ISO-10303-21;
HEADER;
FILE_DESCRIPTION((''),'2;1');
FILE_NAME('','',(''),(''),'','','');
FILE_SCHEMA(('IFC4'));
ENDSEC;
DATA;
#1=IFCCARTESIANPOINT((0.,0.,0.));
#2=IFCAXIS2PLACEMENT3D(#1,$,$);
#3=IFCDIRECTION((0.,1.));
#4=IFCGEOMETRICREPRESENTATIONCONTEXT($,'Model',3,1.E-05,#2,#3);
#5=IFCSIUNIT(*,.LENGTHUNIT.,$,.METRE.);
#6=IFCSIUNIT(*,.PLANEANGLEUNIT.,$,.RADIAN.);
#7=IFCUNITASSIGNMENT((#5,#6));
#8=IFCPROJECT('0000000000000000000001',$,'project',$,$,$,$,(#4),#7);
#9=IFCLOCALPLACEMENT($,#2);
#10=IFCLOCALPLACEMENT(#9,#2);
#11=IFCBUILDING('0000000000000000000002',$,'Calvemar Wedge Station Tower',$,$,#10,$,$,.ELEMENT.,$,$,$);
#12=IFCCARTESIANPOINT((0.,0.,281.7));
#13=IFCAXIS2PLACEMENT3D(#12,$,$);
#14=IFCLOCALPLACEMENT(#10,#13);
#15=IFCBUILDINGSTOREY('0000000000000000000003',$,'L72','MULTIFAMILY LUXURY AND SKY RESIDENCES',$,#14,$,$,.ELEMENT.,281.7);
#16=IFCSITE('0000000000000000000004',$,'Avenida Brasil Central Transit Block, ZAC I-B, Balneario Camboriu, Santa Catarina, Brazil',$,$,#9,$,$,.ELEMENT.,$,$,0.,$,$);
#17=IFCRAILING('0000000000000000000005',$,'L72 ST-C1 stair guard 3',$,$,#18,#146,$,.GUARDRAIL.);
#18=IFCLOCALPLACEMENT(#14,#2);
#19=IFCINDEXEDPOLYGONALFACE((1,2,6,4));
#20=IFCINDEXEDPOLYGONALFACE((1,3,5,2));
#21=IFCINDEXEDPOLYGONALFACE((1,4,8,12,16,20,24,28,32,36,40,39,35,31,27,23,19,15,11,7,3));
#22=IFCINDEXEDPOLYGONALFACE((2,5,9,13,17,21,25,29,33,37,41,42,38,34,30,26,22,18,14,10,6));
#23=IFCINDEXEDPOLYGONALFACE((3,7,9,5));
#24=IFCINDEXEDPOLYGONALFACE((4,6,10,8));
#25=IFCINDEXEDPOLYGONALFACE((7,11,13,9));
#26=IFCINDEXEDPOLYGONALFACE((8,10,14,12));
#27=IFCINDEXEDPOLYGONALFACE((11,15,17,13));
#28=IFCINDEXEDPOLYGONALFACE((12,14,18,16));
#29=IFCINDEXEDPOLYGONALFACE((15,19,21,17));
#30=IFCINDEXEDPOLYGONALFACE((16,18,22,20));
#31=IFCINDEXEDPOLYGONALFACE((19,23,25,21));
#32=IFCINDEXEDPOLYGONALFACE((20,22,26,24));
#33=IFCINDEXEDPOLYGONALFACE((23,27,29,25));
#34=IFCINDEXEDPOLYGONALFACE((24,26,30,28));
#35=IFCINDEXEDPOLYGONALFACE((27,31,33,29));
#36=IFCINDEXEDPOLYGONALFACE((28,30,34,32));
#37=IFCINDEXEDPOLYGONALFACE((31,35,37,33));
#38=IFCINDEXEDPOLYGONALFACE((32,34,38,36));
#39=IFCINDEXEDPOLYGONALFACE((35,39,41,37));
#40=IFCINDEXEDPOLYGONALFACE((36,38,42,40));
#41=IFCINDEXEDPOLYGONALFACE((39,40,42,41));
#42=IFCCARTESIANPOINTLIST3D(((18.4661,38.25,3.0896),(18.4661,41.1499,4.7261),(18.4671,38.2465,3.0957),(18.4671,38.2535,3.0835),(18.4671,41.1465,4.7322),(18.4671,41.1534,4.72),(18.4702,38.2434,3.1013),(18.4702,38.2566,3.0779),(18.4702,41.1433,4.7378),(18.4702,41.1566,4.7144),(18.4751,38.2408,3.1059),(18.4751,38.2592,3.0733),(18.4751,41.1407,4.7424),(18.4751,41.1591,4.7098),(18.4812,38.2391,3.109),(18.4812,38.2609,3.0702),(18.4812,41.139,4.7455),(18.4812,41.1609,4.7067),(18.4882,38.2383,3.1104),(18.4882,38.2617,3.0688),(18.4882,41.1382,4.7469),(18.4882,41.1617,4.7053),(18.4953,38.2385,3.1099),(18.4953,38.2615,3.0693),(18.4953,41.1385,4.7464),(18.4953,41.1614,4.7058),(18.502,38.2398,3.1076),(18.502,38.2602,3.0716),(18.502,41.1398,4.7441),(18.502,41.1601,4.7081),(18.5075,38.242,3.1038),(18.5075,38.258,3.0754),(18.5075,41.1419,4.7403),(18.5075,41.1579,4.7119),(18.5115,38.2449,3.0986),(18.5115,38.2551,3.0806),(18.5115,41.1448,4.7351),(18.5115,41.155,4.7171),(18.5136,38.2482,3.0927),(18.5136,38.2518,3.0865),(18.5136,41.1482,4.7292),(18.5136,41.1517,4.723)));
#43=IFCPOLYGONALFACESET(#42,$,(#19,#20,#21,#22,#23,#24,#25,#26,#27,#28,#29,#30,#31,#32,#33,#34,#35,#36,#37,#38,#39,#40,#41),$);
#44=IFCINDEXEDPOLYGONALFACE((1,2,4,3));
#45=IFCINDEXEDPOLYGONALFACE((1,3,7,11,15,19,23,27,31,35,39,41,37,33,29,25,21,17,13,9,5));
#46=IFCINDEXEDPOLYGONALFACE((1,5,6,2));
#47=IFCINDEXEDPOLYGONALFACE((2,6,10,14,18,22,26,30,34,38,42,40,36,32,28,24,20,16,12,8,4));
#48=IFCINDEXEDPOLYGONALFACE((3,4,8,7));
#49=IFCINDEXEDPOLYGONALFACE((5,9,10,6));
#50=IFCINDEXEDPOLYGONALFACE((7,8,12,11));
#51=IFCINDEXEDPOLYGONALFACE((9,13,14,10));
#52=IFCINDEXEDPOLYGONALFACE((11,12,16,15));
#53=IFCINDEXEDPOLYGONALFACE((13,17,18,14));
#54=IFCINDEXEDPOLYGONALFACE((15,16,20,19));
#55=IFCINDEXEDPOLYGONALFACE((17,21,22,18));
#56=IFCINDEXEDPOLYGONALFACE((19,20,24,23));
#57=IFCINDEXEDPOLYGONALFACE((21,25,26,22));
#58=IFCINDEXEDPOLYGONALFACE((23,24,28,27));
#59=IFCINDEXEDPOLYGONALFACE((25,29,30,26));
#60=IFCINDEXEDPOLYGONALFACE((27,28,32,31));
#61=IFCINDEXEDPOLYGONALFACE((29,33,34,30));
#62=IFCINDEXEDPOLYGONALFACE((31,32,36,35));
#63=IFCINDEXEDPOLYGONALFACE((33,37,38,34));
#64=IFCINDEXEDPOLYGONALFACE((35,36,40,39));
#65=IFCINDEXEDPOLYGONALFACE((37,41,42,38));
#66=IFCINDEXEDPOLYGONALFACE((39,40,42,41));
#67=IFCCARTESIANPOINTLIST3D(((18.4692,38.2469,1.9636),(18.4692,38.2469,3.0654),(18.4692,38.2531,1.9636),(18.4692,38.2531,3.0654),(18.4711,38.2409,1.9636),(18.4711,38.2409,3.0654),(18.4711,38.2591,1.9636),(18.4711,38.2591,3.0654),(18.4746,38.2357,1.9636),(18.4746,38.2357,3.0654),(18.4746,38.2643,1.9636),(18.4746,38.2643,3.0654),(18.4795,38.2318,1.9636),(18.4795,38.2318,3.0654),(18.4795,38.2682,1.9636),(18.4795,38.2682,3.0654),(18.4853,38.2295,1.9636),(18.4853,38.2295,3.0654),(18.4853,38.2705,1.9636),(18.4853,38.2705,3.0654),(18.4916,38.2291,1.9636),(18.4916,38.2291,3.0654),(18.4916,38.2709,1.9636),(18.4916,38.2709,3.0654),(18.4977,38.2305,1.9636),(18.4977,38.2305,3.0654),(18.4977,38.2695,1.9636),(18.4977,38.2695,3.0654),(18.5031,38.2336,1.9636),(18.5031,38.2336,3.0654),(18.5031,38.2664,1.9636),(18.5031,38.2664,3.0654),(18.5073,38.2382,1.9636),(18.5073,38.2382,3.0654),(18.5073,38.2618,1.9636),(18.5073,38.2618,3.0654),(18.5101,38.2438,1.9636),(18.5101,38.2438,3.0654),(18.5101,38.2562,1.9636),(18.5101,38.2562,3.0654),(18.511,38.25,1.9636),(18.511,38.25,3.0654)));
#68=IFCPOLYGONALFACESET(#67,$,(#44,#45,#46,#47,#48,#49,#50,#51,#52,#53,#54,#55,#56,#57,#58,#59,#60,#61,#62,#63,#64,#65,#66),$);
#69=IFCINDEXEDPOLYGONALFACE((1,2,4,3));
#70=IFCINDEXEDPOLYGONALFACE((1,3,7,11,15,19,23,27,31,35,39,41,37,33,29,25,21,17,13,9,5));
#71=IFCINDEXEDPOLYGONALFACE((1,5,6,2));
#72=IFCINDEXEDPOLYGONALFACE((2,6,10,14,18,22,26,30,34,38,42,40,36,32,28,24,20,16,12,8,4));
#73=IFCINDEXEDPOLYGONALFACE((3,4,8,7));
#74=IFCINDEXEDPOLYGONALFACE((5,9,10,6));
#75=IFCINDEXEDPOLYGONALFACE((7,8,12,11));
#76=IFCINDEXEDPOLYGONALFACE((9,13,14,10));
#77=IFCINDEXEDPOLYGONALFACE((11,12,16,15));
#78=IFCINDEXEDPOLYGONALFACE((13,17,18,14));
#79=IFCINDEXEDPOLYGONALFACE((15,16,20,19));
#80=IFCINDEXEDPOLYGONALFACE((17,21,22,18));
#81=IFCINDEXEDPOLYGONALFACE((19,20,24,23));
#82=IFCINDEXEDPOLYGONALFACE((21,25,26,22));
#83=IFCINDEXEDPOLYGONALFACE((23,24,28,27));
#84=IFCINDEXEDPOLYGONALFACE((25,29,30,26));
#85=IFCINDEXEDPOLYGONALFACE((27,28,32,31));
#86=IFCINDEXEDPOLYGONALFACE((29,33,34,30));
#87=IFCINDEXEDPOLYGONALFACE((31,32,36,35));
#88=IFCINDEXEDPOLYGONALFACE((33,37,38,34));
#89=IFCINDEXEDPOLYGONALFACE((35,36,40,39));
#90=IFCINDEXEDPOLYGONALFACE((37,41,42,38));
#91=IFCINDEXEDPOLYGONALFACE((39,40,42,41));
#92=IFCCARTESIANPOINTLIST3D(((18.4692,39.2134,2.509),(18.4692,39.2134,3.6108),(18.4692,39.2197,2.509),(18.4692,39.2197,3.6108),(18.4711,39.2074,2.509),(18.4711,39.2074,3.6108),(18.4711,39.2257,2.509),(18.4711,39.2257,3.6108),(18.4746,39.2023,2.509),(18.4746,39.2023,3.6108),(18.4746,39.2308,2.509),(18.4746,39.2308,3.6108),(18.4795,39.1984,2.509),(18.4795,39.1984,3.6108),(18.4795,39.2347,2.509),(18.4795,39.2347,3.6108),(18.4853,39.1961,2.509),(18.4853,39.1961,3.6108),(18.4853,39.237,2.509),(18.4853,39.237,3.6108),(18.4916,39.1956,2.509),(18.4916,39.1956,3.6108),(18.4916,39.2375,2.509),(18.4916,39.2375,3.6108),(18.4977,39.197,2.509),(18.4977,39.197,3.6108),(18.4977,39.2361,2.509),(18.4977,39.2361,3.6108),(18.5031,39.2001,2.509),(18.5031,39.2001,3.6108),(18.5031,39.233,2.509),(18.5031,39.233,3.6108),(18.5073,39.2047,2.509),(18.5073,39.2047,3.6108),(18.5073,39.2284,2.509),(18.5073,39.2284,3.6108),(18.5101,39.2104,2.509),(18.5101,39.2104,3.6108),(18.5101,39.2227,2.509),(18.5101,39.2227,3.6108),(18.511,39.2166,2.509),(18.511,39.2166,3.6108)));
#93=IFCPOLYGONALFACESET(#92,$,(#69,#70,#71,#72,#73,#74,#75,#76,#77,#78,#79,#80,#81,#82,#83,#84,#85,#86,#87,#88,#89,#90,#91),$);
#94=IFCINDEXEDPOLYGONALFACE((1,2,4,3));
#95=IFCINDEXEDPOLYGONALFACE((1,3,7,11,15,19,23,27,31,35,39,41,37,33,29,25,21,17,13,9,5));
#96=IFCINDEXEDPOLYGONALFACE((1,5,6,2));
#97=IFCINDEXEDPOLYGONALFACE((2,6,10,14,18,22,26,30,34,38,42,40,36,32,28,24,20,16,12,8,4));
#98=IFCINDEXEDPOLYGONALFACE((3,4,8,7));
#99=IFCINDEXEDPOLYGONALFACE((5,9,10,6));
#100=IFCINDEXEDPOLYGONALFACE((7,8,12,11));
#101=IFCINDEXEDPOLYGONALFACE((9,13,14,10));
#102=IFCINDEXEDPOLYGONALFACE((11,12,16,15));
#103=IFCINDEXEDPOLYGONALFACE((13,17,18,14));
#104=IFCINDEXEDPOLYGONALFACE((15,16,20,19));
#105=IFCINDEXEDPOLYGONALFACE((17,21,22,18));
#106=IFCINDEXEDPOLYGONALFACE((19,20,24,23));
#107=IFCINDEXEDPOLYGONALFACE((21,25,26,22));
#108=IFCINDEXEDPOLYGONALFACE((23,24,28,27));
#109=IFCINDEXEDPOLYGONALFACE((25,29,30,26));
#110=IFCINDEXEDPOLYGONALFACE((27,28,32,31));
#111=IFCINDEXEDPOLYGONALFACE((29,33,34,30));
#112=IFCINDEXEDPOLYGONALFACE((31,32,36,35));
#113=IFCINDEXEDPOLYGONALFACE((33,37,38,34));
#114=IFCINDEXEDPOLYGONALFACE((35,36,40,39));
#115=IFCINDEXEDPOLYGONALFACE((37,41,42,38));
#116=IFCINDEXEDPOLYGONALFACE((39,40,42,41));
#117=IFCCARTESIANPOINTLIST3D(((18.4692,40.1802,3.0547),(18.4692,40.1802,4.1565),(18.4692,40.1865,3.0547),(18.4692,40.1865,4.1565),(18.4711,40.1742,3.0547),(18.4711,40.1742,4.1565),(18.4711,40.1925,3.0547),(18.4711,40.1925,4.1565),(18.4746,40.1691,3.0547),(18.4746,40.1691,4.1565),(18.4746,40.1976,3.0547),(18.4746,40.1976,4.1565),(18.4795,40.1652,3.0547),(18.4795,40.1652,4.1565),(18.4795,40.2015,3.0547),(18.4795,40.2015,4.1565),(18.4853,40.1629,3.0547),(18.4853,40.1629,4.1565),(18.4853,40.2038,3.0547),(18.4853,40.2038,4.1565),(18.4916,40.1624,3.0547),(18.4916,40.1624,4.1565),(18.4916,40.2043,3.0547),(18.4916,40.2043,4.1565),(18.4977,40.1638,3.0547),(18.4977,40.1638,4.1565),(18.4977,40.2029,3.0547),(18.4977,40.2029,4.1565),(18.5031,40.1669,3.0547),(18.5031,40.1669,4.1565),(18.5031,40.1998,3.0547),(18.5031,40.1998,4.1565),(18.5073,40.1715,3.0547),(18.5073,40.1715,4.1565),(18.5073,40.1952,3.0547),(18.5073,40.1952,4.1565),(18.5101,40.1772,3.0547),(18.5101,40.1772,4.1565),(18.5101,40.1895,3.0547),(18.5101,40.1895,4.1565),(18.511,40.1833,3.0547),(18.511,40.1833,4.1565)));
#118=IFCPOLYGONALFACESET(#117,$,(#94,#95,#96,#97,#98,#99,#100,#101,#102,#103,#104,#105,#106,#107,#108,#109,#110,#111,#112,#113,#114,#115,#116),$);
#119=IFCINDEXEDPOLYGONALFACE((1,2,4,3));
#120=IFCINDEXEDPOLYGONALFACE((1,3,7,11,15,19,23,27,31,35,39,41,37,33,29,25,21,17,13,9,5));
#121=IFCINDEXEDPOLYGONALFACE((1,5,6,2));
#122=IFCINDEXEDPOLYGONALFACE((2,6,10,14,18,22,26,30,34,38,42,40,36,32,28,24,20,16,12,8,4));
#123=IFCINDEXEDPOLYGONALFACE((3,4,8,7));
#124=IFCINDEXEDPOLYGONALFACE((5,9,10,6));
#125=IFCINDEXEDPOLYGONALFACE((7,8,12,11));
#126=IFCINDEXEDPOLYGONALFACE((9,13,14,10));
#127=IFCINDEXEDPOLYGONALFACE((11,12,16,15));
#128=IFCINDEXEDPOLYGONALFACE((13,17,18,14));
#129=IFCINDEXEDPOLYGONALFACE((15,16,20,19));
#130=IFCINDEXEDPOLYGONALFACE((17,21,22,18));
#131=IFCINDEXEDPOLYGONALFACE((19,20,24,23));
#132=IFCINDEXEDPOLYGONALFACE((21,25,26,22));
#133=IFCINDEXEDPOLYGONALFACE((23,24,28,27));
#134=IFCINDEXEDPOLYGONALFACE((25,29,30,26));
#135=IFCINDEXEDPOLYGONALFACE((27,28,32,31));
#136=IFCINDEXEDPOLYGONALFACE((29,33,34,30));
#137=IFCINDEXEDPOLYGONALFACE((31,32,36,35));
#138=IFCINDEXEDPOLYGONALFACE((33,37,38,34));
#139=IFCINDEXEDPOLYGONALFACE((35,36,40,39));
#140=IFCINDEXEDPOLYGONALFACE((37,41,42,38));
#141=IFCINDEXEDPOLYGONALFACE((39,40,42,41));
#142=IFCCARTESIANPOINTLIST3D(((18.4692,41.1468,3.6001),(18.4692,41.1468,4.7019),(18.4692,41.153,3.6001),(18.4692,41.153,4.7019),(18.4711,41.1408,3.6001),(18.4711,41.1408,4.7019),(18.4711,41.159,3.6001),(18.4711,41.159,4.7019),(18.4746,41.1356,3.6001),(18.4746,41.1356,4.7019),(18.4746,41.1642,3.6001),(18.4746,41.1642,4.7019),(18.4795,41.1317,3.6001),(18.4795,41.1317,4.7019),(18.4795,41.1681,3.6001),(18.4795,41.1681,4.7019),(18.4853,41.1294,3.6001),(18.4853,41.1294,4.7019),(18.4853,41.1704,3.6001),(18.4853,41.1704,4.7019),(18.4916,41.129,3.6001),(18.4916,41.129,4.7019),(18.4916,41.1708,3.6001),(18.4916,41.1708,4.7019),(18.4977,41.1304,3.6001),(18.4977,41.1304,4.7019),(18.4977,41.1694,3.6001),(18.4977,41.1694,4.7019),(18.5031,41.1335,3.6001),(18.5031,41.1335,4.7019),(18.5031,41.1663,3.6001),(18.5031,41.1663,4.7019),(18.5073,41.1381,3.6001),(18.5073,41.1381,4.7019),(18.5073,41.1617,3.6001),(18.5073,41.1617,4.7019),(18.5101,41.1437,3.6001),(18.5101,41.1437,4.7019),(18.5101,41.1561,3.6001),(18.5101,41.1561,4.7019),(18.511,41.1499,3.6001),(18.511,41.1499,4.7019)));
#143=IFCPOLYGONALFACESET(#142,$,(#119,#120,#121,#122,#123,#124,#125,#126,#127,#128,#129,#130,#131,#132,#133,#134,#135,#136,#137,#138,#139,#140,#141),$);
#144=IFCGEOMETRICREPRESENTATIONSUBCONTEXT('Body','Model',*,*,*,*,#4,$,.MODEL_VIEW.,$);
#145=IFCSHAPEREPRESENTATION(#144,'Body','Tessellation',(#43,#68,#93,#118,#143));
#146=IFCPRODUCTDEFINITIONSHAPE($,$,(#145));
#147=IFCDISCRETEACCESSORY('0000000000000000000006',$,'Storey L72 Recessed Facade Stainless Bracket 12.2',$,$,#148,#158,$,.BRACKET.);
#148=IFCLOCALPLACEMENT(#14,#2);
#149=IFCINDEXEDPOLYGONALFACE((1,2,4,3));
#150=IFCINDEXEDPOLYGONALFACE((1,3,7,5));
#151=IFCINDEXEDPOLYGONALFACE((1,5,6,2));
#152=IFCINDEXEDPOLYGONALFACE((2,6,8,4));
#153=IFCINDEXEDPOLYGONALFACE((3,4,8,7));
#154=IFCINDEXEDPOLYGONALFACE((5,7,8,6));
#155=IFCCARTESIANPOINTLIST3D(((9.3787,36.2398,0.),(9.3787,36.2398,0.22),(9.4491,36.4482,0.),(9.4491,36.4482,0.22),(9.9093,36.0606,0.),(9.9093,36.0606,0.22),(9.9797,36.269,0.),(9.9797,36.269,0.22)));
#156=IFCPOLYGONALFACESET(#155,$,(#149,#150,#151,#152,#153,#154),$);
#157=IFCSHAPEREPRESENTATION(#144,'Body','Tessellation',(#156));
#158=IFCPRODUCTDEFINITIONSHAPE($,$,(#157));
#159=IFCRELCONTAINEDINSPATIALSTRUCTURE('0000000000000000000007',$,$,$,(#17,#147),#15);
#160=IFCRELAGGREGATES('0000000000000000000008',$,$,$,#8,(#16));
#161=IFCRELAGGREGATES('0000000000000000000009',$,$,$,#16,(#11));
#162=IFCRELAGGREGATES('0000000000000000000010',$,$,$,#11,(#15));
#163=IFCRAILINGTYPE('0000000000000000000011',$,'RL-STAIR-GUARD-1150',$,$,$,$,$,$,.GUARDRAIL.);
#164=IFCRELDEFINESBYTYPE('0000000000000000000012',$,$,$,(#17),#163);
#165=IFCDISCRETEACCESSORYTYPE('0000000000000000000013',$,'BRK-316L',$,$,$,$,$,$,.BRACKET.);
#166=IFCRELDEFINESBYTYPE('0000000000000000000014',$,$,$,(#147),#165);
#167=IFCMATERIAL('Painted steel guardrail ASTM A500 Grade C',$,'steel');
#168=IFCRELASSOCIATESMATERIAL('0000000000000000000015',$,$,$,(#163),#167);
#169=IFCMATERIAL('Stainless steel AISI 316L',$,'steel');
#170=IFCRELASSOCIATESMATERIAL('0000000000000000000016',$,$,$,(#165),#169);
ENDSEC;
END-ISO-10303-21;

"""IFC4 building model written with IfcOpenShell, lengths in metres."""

from ifc_helpers import new_model, si_unit, direction, frame, origin, origin_2d, place, context, subcontext, project, spatial, rectangle, circle, extrude, source, transform, mapped, material, type_object, element, save


model = new_model("IFC4")

# Units and contexts
model_context = context("Model", 3, precision=1e-05, world=origin(), true_north=direction((0.0, 1.0)))
body_context = subcontext(model_context, "Body", "Model", "MODEL_VIEW")
ifc_project = project(units=[si_unit("LENGTHUNIT", "METRE"), si_unit("PLANEANGLEUNIT", "RADIAN")], contexts=[model_context])

# Site, building, storey
site_placement = place(None, origin())
site = spatial("IfcSite", under=ifc_project, at=site_placement, Name="Avenida Brasil Central Transit Block, ZAC I-B, Balneario Camboriu, Santa Catarina, Brazil", CompositionType="ELEMENT", RefElevation=0.0)
building_placement = place(site_placement, origin())
building = spatial("IfcBuilding", under=site, at=building_placement, Name="Calvemar Wedge Station Tower", CompositionType="ELEMENT")
storey_placement = place(building_placement, frame((0.0, 0.0, 281.7)))
storey = spatial("IfcBuildingStorey", under=building, at=storey_placement, Name="L72", Description="MULTIFAMILY LUXURY AND SKY RESIDENCES", CompositionType="ELEMENT", Elevation=281.7)

# Railing
ifc_material_1 = material(Name="Painted steel guardrail ASTM A500 Grade C", Category="steel")
railing_type = type_object("IfcRailingType", Name="RL-STAIR-GUARD-1150", PredefinedType="GUARDRAIL", material=ifc_material_1)
railing_1_placement = place(storey_placement, frame((18.49, 38.25, 1.9636)))
element("IfcRailing", 1, at=railing_1_placement, inside=storey, type_object=railing_type, Name="L72 ST-C1 stair guard 3", PredefinedType="GUARDRAIL", context=body_context, shape_type="SweptSolid", body=[
    extrude(circle(Radius=0.0239, at=origin_2d()), frame((0.0, 0.0, 1.126), z_axis=(0.0, 0.870897, 0.491465), x_axis=(-1.0, 0.0, 0.0)), (0.0, 0.0, 1.0), 3.3298),
    extrude(circle(Radius=0.021, at=origin_2d()), origin(), (0.0, 0.0, 1.0), 1.1018),
    extrude(circle(Radius=0.021, at=origin_2d()), frame((0.0, 0.9666, 0.5454)), (0.0, 0.0, 1.0), 1.1018),
    extrude(circle(Radius=0.021, at=origin_2d()), frame((0.0, 1.9333, 1.0911)), (0.0, 0.0, 1.0), 1.1018),
    extrude(circle(Radius=0.021, at=origin_2d()), frame((0.0, 2.8999, 1.6365)), (0.0, 0.0, 1.0), 1.1018),
])

# Discrete accessory
ifc_material_2 = material(Name="Stainless steel AISI 316L", Category="steel")
discrete_accessory_type = type_object("IfcDiscreteAccessoryType", Name="BRK-316L", PredefinedType="BRACKET", material=ifc_material_2)
shared_shape_1 = source(origin(), body_context, "Body", "SweptSolid", [
    extrude(rectangle(XDim=0.22, YDim=0.5601, at=origin_2d()), origin(), (0.0, 0.0, 1.0), 0.22),
])
discrete_accessory_placement = place(storey_placement, frame((9.6792, 36.2544, 0.0), z_axis=(0.0, 0.0, 1.0), x_axis=(-0.319952, -0.947434, 0.0)))
element("IfcDiscreteAccessory", 2, at=discrete_accessory_placement, inside=storey, type_object=discrete_accessory_type, Name="Storey L72 Recessed Facade Stainless Bracket 12.2", PredefinedType="BRACKET", context=body_context, shape_type="MappedRepresentation", body=[
    mapped(shared_shape_1, transform((0.0, 0.0, 0.0), scale=1.0)),
])

save(model, "model.ifc")
